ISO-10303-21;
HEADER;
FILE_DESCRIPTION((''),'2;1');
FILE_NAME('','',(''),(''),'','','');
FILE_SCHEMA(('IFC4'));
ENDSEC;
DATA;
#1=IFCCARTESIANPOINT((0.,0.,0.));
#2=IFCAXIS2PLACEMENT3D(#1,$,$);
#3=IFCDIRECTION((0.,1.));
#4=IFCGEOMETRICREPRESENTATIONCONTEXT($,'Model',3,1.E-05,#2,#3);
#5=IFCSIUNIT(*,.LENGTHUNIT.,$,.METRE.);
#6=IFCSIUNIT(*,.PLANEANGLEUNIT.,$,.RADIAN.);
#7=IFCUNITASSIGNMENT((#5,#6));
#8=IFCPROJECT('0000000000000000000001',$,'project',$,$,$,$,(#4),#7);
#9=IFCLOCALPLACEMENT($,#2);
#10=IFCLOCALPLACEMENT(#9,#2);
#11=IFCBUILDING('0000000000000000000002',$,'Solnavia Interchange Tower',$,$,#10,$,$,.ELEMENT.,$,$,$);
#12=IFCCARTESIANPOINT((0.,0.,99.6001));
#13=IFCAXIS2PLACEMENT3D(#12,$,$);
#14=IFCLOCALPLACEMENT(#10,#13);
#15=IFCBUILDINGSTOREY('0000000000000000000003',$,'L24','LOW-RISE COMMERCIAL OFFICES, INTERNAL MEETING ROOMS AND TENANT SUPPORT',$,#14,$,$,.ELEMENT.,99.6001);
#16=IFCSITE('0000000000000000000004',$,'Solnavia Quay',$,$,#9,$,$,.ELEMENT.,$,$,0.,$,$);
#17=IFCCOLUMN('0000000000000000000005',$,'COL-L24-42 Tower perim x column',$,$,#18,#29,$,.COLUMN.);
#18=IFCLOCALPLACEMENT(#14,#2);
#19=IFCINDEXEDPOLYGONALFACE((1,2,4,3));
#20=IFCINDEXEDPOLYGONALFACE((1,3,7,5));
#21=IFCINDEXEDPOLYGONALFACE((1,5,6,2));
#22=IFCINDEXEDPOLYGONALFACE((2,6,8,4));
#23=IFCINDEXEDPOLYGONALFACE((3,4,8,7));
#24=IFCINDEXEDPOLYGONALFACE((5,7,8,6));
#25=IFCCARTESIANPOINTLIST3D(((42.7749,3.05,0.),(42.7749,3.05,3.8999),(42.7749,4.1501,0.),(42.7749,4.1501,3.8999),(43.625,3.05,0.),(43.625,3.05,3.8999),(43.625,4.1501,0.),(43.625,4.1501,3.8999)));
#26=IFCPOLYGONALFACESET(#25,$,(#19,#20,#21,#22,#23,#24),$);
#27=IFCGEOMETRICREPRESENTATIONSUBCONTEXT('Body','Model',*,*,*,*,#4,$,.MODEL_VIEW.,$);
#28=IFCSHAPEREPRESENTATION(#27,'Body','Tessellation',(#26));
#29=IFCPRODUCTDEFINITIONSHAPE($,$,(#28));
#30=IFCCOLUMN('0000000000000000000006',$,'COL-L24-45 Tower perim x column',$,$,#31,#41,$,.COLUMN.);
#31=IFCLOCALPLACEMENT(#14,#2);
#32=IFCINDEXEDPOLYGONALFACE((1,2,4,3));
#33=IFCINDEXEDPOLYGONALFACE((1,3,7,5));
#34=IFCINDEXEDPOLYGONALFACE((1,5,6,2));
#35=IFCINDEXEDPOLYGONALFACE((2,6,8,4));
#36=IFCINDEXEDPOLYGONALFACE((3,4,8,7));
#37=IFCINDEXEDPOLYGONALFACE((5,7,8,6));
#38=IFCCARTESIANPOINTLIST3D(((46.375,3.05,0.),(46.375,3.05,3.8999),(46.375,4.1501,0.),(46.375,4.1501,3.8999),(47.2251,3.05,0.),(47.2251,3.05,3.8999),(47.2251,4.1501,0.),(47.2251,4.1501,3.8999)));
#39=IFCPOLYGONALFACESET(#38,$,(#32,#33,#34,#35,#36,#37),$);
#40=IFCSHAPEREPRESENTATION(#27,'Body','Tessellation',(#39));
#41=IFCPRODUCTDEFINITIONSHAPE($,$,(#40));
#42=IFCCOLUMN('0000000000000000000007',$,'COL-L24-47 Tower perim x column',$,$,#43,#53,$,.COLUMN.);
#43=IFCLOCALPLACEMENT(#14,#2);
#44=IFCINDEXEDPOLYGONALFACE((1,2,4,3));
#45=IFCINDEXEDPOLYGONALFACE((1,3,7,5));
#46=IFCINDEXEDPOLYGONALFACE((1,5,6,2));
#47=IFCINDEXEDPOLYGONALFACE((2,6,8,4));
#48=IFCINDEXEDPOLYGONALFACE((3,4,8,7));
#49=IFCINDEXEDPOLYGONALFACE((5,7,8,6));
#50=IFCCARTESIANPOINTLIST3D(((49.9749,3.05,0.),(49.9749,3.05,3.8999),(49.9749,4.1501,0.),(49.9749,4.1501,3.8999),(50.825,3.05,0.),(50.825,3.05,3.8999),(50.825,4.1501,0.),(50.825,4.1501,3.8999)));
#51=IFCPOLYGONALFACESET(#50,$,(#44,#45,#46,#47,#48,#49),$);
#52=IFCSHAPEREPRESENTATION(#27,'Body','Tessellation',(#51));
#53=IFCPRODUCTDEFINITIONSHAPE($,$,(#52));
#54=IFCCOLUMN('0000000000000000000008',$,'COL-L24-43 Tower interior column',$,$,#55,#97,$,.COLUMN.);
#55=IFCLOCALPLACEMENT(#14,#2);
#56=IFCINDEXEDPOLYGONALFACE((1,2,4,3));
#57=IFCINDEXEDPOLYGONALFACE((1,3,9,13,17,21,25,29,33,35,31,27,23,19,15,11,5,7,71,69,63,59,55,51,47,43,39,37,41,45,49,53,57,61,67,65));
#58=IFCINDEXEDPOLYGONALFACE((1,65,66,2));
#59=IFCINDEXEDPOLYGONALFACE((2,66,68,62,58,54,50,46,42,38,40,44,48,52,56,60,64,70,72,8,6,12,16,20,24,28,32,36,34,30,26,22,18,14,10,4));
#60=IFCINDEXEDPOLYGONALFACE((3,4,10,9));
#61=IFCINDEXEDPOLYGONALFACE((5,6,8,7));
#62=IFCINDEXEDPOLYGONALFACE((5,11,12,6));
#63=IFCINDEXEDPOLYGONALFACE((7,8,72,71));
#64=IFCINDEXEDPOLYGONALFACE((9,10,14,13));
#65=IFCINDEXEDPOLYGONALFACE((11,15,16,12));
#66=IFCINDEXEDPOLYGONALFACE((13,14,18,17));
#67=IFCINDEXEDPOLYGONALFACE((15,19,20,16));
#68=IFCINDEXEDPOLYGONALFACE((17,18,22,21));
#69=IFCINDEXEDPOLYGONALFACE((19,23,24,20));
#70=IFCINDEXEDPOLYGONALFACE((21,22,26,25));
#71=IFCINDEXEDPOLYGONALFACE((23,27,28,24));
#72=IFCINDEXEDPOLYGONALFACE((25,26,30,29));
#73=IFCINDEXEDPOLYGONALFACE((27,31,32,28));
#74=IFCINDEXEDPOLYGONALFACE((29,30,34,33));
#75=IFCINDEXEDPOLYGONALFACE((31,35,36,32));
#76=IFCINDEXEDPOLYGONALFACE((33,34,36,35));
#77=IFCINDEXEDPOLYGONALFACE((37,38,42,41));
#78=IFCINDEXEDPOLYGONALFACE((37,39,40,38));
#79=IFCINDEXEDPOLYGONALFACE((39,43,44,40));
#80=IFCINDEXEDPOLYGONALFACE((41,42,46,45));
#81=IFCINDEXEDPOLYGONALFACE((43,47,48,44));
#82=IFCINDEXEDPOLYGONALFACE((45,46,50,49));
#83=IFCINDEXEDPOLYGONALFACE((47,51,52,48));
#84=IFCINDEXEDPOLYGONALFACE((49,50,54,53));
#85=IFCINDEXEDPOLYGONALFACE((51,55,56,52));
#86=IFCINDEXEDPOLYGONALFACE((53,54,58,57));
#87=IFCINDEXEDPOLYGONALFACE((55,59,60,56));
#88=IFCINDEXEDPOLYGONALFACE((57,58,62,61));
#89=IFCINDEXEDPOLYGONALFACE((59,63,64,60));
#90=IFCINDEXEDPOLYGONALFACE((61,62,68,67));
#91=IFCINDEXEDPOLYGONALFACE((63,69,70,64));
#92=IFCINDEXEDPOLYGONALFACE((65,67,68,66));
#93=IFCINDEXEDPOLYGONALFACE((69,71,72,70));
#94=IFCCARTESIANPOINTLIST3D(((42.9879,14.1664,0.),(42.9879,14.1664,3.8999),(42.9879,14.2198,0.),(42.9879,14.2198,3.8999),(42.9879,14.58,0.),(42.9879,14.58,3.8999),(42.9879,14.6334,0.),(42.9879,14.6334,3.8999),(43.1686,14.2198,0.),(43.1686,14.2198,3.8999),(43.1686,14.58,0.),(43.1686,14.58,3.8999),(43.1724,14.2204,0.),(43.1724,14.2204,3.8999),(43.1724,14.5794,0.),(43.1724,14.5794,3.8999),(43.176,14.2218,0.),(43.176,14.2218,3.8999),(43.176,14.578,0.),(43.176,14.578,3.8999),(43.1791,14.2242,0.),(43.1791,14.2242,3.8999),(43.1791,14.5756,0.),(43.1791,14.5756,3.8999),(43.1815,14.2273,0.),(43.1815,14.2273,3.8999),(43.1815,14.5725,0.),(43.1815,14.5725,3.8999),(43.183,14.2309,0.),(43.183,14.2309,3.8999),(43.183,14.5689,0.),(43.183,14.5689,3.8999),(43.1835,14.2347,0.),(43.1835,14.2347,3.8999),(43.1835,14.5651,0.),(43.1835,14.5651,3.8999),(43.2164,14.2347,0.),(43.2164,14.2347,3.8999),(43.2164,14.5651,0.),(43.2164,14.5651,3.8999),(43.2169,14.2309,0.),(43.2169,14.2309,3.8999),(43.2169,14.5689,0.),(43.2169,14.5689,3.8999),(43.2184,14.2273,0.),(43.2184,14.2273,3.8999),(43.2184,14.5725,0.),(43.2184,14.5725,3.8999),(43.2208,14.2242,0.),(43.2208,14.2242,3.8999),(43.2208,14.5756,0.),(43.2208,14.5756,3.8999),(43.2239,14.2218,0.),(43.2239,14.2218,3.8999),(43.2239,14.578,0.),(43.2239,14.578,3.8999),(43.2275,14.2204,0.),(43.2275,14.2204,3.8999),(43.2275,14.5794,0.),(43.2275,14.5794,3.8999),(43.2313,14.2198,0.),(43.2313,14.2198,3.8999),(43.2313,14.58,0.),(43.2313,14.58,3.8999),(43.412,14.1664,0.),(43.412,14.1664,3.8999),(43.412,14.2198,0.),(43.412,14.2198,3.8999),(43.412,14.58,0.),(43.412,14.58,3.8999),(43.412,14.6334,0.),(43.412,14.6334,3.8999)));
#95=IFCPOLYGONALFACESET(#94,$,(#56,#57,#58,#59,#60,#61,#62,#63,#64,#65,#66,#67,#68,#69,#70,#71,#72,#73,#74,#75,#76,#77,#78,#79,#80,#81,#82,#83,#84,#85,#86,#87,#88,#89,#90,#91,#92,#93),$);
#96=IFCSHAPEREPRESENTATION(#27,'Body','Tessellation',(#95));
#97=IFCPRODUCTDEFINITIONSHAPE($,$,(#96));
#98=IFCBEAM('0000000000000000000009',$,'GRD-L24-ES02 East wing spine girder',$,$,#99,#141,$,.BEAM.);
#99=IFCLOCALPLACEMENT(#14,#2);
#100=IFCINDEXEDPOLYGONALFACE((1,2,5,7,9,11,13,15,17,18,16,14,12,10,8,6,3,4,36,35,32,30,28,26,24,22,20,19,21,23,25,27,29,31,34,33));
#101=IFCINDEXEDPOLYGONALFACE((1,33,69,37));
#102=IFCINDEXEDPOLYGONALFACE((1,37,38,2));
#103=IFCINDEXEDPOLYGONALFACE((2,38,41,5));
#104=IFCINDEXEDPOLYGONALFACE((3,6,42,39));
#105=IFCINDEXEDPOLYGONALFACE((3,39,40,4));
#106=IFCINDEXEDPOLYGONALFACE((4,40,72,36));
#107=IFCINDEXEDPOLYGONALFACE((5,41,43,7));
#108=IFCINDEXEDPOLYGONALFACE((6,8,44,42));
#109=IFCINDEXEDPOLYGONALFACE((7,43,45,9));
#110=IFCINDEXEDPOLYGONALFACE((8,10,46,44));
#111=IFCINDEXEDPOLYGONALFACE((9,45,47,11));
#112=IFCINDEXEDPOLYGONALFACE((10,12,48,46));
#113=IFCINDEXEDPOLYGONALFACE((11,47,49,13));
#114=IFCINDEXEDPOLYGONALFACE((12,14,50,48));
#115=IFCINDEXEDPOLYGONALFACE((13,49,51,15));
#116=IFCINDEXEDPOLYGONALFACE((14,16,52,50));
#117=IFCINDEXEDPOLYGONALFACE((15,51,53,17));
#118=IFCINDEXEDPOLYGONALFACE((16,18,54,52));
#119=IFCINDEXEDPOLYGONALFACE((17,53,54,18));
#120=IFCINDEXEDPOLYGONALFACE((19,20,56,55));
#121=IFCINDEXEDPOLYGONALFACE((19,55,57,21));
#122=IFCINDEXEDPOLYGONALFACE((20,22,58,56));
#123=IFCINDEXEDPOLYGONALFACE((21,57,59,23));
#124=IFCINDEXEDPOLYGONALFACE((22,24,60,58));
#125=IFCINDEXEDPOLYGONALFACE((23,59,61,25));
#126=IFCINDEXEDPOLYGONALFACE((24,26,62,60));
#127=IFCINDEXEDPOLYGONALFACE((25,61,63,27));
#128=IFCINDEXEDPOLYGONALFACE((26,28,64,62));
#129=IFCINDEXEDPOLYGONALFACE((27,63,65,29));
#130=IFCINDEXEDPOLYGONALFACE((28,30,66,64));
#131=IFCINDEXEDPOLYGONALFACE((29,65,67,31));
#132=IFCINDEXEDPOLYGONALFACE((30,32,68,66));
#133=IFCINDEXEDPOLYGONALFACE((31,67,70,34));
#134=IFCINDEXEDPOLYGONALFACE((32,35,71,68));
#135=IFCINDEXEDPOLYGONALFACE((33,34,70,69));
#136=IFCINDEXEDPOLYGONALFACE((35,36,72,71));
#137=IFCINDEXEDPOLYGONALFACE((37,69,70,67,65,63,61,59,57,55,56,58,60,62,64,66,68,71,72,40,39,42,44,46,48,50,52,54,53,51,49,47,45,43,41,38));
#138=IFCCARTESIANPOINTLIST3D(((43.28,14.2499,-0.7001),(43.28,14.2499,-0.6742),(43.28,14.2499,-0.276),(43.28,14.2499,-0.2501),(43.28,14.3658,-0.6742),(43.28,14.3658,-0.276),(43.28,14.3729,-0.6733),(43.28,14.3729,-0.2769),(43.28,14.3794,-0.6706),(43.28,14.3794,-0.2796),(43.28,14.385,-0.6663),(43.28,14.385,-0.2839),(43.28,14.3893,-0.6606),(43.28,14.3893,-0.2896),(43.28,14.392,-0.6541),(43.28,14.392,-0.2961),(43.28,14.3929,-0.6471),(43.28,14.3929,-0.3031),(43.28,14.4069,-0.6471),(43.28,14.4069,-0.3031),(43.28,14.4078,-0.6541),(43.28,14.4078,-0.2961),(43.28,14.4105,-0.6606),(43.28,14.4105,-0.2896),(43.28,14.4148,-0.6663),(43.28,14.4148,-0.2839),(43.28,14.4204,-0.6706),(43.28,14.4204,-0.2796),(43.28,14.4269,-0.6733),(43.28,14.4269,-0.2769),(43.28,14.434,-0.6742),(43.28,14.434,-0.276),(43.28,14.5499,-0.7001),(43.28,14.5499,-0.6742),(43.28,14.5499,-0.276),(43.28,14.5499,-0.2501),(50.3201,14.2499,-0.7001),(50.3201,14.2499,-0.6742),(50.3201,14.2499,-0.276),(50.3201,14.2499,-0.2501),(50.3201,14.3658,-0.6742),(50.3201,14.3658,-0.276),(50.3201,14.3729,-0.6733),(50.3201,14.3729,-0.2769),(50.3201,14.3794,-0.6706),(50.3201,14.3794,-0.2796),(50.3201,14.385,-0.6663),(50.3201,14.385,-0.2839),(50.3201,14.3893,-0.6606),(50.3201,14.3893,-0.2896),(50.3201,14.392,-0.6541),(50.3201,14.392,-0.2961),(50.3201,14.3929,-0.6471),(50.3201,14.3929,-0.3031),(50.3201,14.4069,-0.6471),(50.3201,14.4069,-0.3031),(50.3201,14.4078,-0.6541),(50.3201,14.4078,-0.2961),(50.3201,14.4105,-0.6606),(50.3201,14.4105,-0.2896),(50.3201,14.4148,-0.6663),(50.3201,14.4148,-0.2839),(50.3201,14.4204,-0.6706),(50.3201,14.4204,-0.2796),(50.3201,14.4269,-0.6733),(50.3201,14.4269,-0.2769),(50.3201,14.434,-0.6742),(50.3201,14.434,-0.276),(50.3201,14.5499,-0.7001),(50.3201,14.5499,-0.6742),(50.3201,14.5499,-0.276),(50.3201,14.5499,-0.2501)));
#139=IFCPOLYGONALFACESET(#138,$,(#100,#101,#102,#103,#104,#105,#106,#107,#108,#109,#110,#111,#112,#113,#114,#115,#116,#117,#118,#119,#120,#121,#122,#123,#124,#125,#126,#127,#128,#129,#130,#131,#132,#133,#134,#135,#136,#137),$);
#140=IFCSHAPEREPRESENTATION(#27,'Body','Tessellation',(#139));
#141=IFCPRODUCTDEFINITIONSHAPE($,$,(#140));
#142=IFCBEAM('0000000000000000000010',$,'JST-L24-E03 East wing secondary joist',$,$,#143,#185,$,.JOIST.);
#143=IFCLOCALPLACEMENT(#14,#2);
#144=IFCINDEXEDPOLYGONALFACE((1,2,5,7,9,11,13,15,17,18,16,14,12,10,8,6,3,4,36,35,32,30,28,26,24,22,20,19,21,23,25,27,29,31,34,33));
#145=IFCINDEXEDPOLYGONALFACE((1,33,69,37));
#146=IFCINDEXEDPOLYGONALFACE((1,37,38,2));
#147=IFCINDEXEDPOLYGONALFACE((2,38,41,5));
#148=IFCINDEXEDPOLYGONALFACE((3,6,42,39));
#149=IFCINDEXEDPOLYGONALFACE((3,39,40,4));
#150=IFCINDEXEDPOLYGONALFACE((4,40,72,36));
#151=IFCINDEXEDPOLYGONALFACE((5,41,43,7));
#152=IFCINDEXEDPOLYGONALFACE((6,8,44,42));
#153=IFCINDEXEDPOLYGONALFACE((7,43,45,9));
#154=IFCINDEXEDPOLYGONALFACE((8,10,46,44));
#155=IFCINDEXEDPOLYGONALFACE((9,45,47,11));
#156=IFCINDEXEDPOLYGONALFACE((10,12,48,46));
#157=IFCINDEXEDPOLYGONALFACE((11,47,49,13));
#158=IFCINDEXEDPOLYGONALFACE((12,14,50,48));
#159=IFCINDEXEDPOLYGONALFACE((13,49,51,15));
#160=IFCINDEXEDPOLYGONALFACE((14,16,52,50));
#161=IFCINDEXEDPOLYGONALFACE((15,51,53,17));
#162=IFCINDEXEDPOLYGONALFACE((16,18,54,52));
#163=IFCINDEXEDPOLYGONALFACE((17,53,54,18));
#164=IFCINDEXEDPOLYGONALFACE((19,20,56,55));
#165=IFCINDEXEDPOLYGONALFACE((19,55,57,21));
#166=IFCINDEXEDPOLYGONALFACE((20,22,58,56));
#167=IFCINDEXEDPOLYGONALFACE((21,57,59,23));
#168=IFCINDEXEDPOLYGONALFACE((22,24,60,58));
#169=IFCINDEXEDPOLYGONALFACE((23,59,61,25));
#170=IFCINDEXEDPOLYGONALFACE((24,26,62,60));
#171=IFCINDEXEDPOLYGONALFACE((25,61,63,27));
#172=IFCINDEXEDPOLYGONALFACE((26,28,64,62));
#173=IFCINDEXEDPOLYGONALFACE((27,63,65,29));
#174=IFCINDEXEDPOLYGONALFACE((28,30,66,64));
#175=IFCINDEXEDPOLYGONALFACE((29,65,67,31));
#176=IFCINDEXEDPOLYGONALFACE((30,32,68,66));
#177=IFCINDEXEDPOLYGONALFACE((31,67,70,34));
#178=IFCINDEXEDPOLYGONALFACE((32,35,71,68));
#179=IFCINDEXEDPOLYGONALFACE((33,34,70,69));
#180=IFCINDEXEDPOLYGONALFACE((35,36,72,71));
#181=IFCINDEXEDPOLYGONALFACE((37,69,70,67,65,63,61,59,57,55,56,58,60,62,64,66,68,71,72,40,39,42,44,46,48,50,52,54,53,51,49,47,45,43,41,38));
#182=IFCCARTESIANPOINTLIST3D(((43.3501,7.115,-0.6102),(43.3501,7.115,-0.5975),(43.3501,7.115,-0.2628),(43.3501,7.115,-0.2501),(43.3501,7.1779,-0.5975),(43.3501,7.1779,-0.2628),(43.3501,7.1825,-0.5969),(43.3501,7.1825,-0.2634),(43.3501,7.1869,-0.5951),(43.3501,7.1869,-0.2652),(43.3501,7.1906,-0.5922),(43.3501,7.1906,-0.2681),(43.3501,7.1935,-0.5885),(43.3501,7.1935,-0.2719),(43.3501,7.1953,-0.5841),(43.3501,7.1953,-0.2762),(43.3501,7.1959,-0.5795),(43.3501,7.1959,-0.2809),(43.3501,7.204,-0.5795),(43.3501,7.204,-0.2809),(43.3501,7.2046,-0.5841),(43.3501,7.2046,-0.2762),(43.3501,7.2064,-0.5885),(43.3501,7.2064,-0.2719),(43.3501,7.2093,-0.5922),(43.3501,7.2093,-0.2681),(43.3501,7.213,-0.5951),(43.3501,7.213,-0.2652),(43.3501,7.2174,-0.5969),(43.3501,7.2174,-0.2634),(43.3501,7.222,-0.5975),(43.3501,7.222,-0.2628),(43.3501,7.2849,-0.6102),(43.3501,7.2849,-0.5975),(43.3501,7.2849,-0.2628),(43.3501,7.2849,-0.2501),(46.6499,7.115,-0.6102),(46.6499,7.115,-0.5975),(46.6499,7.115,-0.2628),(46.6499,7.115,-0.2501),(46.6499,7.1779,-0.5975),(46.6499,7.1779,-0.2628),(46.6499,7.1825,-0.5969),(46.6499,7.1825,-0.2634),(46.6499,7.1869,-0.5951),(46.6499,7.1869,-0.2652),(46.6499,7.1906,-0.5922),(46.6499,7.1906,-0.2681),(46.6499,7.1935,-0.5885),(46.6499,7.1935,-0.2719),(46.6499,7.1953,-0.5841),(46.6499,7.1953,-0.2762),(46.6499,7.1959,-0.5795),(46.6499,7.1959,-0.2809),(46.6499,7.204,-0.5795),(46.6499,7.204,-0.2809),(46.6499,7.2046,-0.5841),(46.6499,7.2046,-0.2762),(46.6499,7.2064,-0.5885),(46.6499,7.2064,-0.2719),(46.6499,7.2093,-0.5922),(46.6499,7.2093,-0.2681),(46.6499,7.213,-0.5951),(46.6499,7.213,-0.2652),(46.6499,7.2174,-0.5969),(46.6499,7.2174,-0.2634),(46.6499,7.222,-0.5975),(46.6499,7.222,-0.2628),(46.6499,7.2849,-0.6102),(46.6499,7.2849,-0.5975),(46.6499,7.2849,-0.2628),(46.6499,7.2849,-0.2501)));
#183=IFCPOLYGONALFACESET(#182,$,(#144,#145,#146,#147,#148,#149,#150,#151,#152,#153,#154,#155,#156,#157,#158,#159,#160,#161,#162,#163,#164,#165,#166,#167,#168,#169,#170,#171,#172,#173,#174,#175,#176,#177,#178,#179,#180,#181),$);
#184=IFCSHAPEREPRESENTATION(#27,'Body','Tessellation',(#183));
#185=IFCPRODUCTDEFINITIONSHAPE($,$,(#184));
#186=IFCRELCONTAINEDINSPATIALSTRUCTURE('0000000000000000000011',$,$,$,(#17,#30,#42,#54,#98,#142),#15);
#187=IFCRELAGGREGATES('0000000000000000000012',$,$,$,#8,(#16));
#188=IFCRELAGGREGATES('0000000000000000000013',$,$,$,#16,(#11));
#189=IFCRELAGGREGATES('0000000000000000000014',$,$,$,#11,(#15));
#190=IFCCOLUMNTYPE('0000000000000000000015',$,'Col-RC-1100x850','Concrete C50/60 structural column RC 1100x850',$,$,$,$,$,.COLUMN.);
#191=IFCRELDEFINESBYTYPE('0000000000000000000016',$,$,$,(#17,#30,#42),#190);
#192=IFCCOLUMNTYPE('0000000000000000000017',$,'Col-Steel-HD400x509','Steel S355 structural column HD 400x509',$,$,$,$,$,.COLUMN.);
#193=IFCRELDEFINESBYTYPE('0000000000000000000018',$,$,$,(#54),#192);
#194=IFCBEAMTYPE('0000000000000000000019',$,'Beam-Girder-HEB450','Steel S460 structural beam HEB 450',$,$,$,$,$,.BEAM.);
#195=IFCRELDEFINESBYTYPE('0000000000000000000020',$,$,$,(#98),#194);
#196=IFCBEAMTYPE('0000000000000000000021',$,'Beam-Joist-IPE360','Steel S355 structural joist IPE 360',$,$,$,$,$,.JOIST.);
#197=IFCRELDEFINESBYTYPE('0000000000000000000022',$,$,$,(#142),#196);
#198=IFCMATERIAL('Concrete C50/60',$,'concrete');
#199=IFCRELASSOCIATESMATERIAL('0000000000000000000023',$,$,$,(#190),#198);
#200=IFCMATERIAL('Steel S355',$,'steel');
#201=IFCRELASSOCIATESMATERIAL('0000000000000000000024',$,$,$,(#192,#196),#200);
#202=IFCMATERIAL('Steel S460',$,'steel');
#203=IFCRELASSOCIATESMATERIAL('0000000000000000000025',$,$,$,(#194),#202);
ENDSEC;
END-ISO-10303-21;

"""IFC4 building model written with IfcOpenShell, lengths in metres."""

from ifc_helpers import new_model, si_unit, direction, frame, origin, origin_2d, place, context, subcontext, project, spatial, rectangle, i_section, extrude, material, material_profile, profile_set, type_object, element, save


model = new_model("IFC4")

# Units and contexts
model_context = context("Model", 3, precision=1e-05, world=origin(), true_north=direction((0.0, 1.0)))
body_context = subcontext(model_context, "Body", "Model", "MODEL_VIEW")
ifc_project = project(units=[si_unit("LENGTHUNIT", "METRE"), si_unit("PLANEANGLEUNIT", "RADIAN")], contexts=[model_context])

# Site, building, storey
site_placement = place(None, origin())
site = spatial("IfcSite", under=ifc_project, at=site_placement, Name="Solnavia Quay", CompositionType="ELEMENT", RefElevation=0.0)
building_placement = place(site_placement, origin())
building = spatial("IfcBuilding", under=site, at=building_placement, Name="Solnavia Interchange Tower", CompositionType="ELEMENT")
storey_placement = place(building_placement, frame((0.0, 0.0, 99.6001)))
storey = spatial("IfcBuildingStorey", under=building, at=storey_placement, Name="L24", Description="LOW-RISE COMMERCIAL OFFICES, INTERNAL MEETING ROOMS AND TENANT SUPPORT", CompositionType="ELEMENT", Elevation=99.6001)

# Columns
ifc_material_1 = material(Name="Concrete C50/60", Category="concrete")
ifc_material_profile_1 = material_profile(ifc_material_1, rectangle(XDim=0.8501, YDim=1.1001, at=origin_2d()), Name="RC 1100x850")
ifc_profile_set_1 = profile_set([ifc_material_profile_1], Name="Concrete C50/60")
column_type_1 = type_object("IfcColumnType", Name="Col-RC-1100x850", Description="Concrete C50/60 structural column RC 1100x850", PredefinedType="COLUMN", material=ifc_profile_set_1)
for number, where, z_axis, x_axis, name in (
    (1, (43.2, 3.6001, 0.0), (0.0, 0.0, 1.0), (1.0, 0.0, 0.0), "COL-L24-42 Tower perim x column"),
    (2, (46.8, 3.6001, 0.0), (0.0, 0.0, 1.0), (1.0, 0.0, 0.0), "COL-L24-45 Tower perim x column"),
    (3, (50.3999, 3.6001, 0.0), (0.0, 0.0, 1.0), (1.0, 0.0, 0.0), "COL-L24-47 Tower perim x column"),
):
    element("IfcColumn", number, at=place(storey_placement, frame(where, z_axis=z_axis, x_axis=x_axis)), inside=storey, type_object=column_type_1, Name=name, PredefinedType="COLUMN", context=body_context, shape_type="SweptSolid", body=[
        extrude(rectangle(XDim=0.8501, YDim=1.1001, at=origin_2d()), origin(), (0.0, 0.0, 1.0), 3.8999),
    ])
ifc_material_2 = material(Name="Steel S355", Category="steel")
ifc_material_profile_2 = material_profile(ifc_material_2, i_section(OverallWidth=0.4241, OverallDepth=0.467, WebThickness=0.033, FlangeThickness=0.0535, FilletRadius=0.0149, at=origin_2d()), Name="HD 400x509")
ifc_profile_set_2 = profile_set([ifc_material_profile_2], Name="Steel S355")
column_type_2 = type_object("IfcColumnType", Name="Col-Steel-HD400x509", Description="Steel S355 structural column HD 400x509", PredefinedType="COLUMN", material=ifc_profile_set_2)
column_placement = place(storey_placement, frame((43.2, 14.3999, 0.0), z_axis=(0.0, 0.0, 1.0), x_axis=(1.0, 0.0, 0.0)))
element("IfcColumn", 4, at=column_placement, inside=storey, type_object=column_type_2, Name="COL-L24-43 Tower interior column", PredefinedType="COLUMN", context=body_context, shape_type="SweptSolid", body=[
    extrude(i_section(OverallWidth=0.4241, OverallDepth=0.467, WebThickness=0.033, FlangeThickness=0.0535, FilletRadius=0.0149, at=origin_2d()), origin(), (0.0, 0.0, 1.0), 3.8999),
])

# Beams
ifc_material_3 = material(Name="Steel S460", Category="steel")
ifc_material_profile_3 = material_profile(ifc_material_3, i_section(OverallWidth=0.3, OverallDepth=0.45, WebThickness=0.0139, FlangeThickness=0.0259, FilletRadius=0.0271, at=origin_2d()), Name="HEB 450")
ifc_profile_set_3 = profile_set([ifc_material_profile_3], Name="Steel S460")
beam_type_1 = type_object("IfcBeamType", Name="Beam-Girder-HEB450", Description="Steel S460 structural beam HEB 450", PredefinedType="BEAM", material=ifc_profile_set_3)
beam_1_placement = place(storey_placement, frame((43.28, 14.3999, -0.4751), z_axis=(1.0, 0.0, 0.0), x_axis=(0.0, 1.0, 0.0)))
element("IfcBeam", 5, at=beam_1_placement, inside=storey, type_object=beam_type_1, Name="GRD-L24-ES02 East wing spine girder", PredefinedType="BEAM", context=body_context, shape_type="SweptSolid", body=[
    extrude(i_section(OverallWidth=0.3, OverallDepth=0.45, WebThickness=0.0139, FlangeThickness=0.0259, FilletRadius=0.0271, at=origin_2d()), origin(), (0.0, 0.0, 1.0), 7.04),
])
ifc_material_profile_4 = material_profile(ifc_material_2, i_section(OverallWidth=0.1699, OverallDepth=0.3601, WebThickness=0.0081, FlangeThickness=0.0127, FilletRadius=0.0181, at=origin_2d()), Name="IPE 360")
ifc_profile_set_4 = profile_set([ifc_material_profile_4], Name="Steel S355")
beam_type_2 = type_object("IfcBeamType", Name="Beam-Joist-IPE360", Description="Steel S355 structural joist IPE 360", PredefinedType="JOIST", material=ifc_profile_set_4)
beam_2_placement = place(storey_placement, frame((43.3501, 7.2, -0.4302), z_axis=(1.0, 0.0, 0.0), x_axis=(0.0, 1.0, 0.0)))
element("IfcBeam", 6, at=beam_2_placement, inside=storey, type_object=beam_type_2, Name="JST-L24-E03 East wing secondary joist", PredefinedType="JOIST", context=body_context, shape_type="SweptSolid", body=[
    extrude(i_section(OverallWidth=0.1699, OverallDepth=0.3601, WebThickness=0.0081, FlangeThickness=0.0127, FilletRadius=0.0181, at=origin_2d()), origin(), (0.0, 0.0, 1.0), 3.2998),
])

save(model, "model.ifc")
